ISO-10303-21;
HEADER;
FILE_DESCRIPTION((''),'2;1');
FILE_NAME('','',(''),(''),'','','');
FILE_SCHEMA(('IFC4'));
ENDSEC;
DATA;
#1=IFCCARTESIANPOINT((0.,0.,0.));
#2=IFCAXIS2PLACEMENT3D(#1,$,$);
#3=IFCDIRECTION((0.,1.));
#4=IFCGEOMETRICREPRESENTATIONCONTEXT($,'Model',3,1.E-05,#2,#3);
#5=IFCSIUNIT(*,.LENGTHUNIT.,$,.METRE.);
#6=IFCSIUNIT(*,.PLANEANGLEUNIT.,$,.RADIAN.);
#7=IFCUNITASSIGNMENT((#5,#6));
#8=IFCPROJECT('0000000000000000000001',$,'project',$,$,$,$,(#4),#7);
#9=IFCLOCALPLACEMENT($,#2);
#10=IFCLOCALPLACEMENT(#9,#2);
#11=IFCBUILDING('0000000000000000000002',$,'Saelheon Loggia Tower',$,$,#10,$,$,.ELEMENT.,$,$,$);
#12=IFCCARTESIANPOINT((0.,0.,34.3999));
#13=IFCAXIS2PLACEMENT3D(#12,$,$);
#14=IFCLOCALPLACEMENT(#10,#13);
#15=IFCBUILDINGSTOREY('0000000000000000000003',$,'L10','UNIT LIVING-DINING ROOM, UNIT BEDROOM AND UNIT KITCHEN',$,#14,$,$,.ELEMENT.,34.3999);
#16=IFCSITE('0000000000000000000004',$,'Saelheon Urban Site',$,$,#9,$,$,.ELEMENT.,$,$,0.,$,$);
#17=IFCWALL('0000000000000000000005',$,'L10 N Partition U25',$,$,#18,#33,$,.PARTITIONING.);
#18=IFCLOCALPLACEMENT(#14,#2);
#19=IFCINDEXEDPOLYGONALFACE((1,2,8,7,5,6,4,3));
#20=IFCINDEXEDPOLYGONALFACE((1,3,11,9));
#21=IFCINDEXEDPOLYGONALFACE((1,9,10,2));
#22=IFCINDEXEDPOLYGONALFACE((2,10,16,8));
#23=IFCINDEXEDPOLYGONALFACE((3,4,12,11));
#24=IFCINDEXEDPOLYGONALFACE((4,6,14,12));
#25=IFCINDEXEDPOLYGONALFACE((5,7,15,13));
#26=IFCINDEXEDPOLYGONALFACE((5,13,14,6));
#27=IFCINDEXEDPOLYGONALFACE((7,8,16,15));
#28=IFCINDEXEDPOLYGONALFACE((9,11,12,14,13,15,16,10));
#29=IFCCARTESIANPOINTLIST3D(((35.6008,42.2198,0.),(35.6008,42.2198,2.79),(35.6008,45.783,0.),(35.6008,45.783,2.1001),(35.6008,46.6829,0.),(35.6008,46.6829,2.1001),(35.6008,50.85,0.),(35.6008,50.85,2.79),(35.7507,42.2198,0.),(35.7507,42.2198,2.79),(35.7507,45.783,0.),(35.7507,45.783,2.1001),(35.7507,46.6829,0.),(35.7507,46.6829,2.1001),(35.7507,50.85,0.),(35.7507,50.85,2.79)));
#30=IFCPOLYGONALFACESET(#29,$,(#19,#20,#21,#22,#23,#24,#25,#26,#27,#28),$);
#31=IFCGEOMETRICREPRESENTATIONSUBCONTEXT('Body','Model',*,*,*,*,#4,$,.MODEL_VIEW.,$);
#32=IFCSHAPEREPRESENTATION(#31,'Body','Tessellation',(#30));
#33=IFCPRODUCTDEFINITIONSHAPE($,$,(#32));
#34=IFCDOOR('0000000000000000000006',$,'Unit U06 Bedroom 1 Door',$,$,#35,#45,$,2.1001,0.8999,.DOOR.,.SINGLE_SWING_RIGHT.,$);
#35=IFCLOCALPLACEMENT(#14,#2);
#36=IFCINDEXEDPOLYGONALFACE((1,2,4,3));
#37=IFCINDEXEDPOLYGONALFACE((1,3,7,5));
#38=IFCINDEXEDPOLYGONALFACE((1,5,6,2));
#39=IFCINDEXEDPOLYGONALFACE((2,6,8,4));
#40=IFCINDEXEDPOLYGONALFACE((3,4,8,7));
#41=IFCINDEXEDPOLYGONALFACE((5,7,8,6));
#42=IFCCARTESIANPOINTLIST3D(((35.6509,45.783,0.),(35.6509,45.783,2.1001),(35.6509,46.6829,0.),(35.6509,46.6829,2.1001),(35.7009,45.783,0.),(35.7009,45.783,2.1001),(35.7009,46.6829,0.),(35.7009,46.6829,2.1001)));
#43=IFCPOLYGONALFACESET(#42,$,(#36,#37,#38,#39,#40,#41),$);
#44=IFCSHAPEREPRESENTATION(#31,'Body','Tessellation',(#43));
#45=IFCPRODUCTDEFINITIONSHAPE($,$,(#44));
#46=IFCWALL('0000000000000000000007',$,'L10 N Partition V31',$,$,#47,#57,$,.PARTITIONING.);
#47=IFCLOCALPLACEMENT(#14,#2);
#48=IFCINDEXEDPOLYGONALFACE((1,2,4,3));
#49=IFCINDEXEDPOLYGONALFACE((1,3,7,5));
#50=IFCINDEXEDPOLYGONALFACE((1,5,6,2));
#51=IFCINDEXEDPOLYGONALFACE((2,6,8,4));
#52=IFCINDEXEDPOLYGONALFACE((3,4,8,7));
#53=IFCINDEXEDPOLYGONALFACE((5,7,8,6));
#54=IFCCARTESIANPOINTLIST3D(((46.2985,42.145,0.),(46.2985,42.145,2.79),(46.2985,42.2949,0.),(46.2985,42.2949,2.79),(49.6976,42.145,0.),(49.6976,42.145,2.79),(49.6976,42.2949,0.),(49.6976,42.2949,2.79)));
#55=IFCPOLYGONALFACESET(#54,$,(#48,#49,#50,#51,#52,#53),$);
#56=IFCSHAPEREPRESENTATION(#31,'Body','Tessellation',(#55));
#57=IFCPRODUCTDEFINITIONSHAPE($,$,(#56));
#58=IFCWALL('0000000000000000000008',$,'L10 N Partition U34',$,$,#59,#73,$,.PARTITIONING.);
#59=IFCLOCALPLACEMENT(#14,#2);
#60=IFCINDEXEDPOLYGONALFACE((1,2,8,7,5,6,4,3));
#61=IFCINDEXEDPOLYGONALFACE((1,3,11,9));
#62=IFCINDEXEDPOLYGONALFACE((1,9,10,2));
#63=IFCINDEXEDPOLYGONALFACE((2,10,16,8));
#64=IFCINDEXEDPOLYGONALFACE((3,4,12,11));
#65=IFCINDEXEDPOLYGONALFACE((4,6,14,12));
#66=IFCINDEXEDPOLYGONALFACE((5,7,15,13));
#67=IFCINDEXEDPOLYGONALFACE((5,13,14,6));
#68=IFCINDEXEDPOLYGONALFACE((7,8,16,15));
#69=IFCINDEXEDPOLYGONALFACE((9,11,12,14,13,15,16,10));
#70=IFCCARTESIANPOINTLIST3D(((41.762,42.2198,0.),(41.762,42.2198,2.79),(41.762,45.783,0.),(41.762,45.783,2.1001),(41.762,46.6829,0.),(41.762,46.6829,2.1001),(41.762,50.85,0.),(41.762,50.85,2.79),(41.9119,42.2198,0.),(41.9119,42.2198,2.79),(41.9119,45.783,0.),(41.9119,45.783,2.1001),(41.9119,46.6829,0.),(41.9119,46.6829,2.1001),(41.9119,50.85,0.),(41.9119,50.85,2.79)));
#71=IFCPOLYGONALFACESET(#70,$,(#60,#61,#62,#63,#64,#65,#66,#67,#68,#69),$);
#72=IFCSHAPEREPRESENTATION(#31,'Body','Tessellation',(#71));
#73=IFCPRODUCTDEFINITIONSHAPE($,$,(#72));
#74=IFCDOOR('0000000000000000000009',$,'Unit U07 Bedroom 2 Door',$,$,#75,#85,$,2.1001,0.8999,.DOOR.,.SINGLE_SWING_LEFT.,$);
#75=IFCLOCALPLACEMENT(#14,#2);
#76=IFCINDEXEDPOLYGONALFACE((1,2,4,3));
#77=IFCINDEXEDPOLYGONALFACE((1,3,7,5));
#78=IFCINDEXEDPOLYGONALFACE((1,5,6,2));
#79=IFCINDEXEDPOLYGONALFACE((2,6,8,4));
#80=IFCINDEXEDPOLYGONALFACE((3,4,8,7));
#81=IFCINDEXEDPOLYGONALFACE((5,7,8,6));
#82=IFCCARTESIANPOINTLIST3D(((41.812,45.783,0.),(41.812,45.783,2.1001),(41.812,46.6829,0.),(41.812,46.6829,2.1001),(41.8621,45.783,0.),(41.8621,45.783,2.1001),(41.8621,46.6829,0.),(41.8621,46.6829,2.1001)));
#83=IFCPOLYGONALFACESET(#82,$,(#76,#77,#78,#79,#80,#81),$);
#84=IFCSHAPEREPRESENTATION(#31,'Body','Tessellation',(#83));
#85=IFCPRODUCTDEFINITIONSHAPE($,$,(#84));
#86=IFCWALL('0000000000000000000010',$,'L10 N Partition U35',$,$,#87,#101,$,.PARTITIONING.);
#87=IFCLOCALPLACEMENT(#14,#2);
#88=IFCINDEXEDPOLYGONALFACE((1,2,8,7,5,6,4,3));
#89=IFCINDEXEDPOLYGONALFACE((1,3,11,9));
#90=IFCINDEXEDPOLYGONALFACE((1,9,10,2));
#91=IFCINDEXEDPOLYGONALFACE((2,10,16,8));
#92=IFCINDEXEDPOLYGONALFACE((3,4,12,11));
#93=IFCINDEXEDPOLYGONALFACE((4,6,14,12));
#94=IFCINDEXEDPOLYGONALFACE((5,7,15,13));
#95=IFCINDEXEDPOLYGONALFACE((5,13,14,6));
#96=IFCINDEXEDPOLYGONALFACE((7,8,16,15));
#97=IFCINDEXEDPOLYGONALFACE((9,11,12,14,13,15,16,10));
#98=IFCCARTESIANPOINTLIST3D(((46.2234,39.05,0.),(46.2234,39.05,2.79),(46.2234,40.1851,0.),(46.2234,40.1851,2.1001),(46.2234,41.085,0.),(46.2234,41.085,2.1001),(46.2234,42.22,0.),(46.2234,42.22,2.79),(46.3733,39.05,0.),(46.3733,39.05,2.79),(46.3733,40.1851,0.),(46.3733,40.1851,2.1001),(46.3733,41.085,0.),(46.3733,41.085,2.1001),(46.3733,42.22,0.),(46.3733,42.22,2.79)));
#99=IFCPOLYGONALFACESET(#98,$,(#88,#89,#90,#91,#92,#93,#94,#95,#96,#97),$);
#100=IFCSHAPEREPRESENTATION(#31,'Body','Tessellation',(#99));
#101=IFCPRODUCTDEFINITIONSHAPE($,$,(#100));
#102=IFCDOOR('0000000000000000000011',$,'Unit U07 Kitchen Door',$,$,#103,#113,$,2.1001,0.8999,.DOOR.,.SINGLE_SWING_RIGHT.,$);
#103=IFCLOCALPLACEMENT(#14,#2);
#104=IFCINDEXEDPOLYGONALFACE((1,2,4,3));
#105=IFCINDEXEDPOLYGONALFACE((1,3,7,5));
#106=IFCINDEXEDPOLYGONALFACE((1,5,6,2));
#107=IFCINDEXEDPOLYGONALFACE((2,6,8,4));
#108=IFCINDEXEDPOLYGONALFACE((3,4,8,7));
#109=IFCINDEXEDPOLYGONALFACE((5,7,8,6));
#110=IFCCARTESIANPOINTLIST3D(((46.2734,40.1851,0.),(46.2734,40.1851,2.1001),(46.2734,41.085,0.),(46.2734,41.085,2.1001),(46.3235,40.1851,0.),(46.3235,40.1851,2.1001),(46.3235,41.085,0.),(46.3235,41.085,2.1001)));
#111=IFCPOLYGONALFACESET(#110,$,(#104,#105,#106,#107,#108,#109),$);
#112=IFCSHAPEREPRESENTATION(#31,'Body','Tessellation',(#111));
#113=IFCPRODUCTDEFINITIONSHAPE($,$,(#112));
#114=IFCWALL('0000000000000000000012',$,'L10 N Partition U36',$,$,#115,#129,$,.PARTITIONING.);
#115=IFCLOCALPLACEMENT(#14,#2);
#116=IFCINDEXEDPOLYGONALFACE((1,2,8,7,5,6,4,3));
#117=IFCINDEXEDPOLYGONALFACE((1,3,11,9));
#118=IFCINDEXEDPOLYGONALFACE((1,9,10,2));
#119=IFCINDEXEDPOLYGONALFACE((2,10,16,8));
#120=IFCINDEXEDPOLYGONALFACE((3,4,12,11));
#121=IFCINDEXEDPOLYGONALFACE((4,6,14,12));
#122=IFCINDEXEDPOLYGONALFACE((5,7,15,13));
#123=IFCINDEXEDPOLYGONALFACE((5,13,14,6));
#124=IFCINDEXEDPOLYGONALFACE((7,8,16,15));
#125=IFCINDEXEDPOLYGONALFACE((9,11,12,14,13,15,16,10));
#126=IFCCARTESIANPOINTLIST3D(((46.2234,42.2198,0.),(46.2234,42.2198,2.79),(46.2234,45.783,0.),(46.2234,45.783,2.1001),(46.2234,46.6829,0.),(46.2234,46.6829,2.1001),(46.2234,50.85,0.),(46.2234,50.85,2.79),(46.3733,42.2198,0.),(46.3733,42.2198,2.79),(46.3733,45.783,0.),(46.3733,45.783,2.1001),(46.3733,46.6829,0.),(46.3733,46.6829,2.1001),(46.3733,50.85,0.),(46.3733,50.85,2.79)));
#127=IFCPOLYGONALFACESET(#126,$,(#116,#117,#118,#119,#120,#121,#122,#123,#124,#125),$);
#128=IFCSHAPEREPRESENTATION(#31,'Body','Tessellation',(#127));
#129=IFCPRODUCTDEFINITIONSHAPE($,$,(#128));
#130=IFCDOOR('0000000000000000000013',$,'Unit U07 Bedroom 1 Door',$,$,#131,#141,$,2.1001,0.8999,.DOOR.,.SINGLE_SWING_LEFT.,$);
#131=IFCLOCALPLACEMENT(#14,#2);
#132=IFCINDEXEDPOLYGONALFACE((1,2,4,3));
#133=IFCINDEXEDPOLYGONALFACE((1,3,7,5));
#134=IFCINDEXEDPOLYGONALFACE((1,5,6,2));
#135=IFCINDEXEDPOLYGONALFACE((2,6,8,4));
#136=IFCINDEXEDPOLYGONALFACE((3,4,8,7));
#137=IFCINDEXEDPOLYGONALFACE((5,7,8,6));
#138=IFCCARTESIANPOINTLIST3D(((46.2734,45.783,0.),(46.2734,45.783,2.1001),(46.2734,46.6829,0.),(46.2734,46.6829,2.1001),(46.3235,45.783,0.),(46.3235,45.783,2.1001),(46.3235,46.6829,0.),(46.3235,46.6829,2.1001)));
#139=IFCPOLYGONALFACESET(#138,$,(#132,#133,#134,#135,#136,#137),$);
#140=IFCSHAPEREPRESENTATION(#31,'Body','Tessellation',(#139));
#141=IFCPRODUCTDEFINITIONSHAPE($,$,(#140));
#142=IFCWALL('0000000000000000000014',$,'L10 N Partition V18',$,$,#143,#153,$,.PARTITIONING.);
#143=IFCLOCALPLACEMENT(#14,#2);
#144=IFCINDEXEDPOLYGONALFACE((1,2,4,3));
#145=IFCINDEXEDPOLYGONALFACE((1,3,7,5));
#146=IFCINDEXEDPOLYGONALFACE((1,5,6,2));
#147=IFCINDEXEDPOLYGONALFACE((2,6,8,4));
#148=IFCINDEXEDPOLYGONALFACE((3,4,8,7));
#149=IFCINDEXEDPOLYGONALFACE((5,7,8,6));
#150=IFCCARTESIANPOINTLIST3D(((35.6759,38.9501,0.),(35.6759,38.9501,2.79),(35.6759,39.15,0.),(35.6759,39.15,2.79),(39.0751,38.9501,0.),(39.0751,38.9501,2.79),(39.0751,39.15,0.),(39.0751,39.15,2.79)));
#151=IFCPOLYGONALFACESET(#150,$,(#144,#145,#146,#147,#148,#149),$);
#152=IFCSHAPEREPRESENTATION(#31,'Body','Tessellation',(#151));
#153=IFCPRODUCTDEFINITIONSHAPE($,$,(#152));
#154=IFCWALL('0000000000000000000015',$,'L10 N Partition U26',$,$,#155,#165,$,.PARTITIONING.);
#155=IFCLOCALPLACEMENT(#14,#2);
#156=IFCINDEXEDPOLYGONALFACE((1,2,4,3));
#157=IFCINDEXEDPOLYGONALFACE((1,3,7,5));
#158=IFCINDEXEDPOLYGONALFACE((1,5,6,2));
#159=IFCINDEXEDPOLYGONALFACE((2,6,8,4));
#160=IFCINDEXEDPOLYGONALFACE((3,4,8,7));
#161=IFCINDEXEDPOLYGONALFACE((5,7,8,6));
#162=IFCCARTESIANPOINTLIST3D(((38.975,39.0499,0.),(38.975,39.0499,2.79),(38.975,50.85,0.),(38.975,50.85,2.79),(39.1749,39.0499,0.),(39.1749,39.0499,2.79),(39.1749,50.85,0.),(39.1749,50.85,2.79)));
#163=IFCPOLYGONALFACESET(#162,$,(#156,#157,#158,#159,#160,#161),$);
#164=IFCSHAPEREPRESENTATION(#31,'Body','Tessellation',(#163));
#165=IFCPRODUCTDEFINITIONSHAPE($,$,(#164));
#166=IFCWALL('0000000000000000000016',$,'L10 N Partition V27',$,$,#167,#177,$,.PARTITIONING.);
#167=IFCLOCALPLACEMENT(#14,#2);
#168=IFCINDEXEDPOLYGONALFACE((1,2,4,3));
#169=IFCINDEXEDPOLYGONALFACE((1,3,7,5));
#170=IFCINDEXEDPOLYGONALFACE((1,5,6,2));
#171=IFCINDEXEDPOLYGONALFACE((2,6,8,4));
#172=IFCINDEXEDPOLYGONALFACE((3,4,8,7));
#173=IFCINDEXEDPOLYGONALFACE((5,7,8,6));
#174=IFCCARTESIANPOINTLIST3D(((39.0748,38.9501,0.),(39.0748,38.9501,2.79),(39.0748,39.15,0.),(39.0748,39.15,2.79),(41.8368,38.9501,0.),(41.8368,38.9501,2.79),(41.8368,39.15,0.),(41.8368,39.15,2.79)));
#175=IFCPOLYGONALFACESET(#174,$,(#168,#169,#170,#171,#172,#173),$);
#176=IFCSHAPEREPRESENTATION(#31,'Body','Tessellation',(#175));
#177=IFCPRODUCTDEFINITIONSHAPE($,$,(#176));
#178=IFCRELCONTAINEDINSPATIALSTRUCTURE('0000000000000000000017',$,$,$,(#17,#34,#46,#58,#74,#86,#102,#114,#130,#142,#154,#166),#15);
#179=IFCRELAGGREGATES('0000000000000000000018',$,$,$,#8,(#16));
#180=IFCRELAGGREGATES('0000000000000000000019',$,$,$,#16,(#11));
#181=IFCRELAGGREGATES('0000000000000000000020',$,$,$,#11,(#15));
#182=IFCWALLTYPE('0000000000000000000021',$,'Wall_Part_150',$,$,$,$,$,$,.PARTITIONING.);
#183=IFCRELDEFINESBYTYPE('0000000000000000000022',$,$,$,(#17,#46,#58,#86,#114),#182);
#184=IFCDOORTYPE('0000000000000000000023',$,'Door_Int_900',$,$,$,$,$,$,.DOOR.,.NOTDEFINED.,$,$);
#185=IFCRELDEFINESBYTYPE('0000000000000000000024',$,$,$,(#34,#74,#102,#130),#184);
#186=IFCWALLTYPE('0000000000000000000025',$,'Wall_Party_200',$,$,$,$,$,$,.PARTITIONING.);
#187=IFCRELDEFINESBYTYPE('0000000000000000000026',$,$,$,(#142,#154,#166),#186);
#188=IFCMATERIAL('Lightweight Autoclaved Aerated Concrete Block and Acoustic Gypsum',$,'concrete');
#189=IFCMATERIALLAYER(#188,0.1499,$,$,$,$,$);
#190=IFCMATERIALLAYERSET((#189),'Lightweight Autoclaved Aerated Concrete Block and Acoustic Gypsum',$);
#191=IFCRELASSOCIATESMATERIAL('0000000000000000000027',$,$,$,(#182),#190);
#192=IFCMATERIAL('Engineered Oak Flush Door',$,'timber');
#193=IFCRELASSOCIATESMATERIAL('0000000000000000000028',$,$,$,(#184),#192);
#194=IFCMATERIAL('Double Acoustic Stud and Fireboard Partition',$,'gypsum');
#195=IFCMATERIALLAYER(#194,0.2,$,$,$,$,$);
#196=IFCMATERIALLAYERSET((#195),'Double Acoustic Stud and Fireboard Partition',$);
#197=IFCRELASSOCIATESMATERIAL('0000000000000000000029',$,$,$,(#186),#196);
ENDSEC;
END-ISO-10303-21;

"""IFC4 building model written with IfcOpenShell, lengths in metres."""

from ifc_helpers import new_model, si_unit, direction, frame, frame_2d, origin, place, context, subcontext, project, spatial, rectangle, extrude, source, transform, mapped, material, layer, layer_set, type_object, element, fill, save


model = new_model("IFC4")

# Units and contexts
model_context = context("Model", 3, precision=1e-05, world=origin(), true_north=direction((0.0, 1.0)))
body_context = subcontext(model_context, "Body", "Model", "MODEL_VIEW")
ifc_project = project(units=[si_unit("LENGTHUNIT", "METRE"), si_unit("PLANEANGLEUNIT", "RADIAN")], contexts=[model_context])

# Site, building, storey
site_placement = place(None, origin())
site = spatial("IfcSite", under=ifc_project, at=site_placement, Name="Saelheon Urban Site", CompositionType="ELEMENT", RefElevation=0.0)
building_placement = place(site_placement, origin())
building = spatial("IfcBuilding", under=site, at=building_placement, Name="Saelheon Loggia Tower", CompositionType="ELEMENT")
storey_placement = place(building_placement, frame((0.0, 0.0, 34.3999)))
storey = spatial("IfcBuildingStorey", under=building, at=storey_placement, Name="L10", Description="UNIT LIVING-DINING ROOM, UNIT BEDROOM AND UNIT KITCHEN", CompositionType="ELEMENT", Elevation=34.3999)

# Shared definitions
ifc_material_1 = material(Name="Lightweight Autoclaved Aerated Concrete Block and Acoustic Gypsum", Category="concrete")
ifc_layer_1 = layer(ifc_material_1, 0.1499)
ifc_layer_set_1 = layer_set([ifc_layer_1], Name="Lightweight Autoclaved Aerated Concrete Block and Acoustic Gypsum")
wall_type_1 = type_object("IfcWallType", Name="Wall_Part_150", PredefinedType="PARTITIONING", material=ifc_layer_set_1)

# Wall, opening, door
ifc_material_2 = material(Name="Engineered Oak Flush Door", Category="timber")
door_type_1 = type_object("IfcDoorType", Name="Door_Int_900", OperationType="NOTDEFINED", PredefinedType="DOOR", material=ifc_material_2)
shared_shape_1 = source(origin(), body_context, "Body", "SweptSolid", [
    extrude(rectangle(XDim=0.8999, YDim=2.1001, at=frame_2d((0.45, 1.05))), frame((0.0, 0.0249, 0.0), z_axis=(0.0, -1.0, 0.0), x_axis=(1.0, 0.0, 0.0)), (0.0, 0.0, 1.0), 0.05),
])
wall_1_placement = place(storey_placement, frame((35.6758, 42.22, 0.0), z_axis=(0.0, 0.0, 1.0), x_axis=(0.0, 1.0, 0.0)))
wall_1 = element("IfcWall", 1, at=wall_1_placement, inside=storey, type_object=wall_type_1, Name="L10 N Partition U25", PredefinedType="PARTITIONING", context=body_context, shape_type="SweptSolid", body=[
    extrude(rectangle(XDim=8.6301, YDim=0.1499, at=frame_2d((4.3149, 0.0))), origin(), (0.0, 0.0, 1.0), 2.79),
])
opening_1_placement = place(wall_1_placement, frame((3.563, 0.0, 0.0)))
opening_1 = element("IfcOpeningElement", 2, at=opening_1_placement, cuts=wall_1, PredefinedType="OPENING", context=body_context, shape_type="SweptSolid", body=[
    extrude(rectangle(XDim=0.8999, YDim=2.1001, at=frame_2d((0.45, 1.05))), frame((0.0, 0.0869, 0.0), z_axis=(0.0, -1.0, 0.0), x_axis=(1.0, 0.0, 0.0)), (0.0, 0.0, 1.0), 0.1738),
])
door_1_placement = place(opening_1_placement, origin())
door_1 = element("IfcDoor", 3, at=door_1_placement, inside=storey, type_object=door_type_1, Name="Unit U06 Bedroom 1 Door", OperationType="SINGLE_SWING_RIGHT", OverallHeight=2.1001, OverallWidth=0.8999, PredefinedType="DOOR", context=body_context, shape_type="MappedRepresentation", body=[
    mapped(shared_shape_1, transform((0.0, 0.0, 0.0), scale=1.0)),
])
fill(opening_1, door_1)

# Wall
wall_2_placement = place(storey_placement, frame((46.2983, 42.22, 0.0), z_axis=(0.0, 0.0, 1.0), x_axis=(1.0, 0.0, 0.0)))
element("IfcWall", 4, at=wall_2_placement, inside=storey, type_object=wall_type_1, Name="L10 N Partition V31", PredefinedType="PARTITIONING", context=body_context, shape_type="SweptSolid", body=[
    extrude(rectangle(XDim=3.3992, YDim=0.1499, at=frame_2d((1.6997, 0.0))), origin(), (0.0, 0.0, 1.0), 2.79),
])

# Walls, openings, doors
wall_3_placement = place(storey_placement, frame((41.8369, 42.22, 0.0), z_axis=(0.0, 0.0, 1.0), x_axis=(0.0, 1.0, 0.0)))
wall_3 = element("IfcWall", 5, at=wall_3_placement, inside=storey, type_object=wall_type_1, Name="L10 N Partition U34", PredefinedType="PARTITIONING", context=body_context, shape_type="SweptSolid", body=[
    extrude(rectangle(XDim=8.6301, YDim=0.1499, at=frame_2d((4.3149, 0.0))), origin(), (0.0, 0.0, 1.0), 2.79),
])
opening_2_placement = place(wall_3_placement, frame((3.563, 0.0, 0.0)))
opening_2 = element("IfcOpeningElement", 6, at=opening_2_placement, cuts=wall_3, PredefinedType="OPENING", context=body_context, shape_type="SweptSolid", body=[
    extrude(rectangle(XDim=0.8999, YDim=2.1001, at=frame_2d((0.45, 1.05))), frame((0.0, 0.0869, 0.0), z_axis=(0.0, -1.0, 0.0), x_axis=(1.0, 0.0, 0.0)), (0.0, 0.0, 1.0), 0.1738),
])
door_2_placement = place(opening_2_placement, origin())
door_2 = element("IfcDoor", 7, at=door_2_placement, inside=storey, type_object=door_type_1, Name="Unit U07 Bedroom 2 Door", OperationType="SINGLE_SWING_LEFT", OverallHeight=2.1001, OverallWidth=0.8999, PredefinedType="DOOR", context=body_context, shape_type="MappedRepresentation", body=[
    mapped(shared_shape_1, transform((0.0, 0.0, 0.0), scale=1.0)),
])
fill(opening_2, door_2)
wall_4_placement = place(storey_placement, frame((46.2983, 39.05, 0.0), z_axis=(0.0, 0.0, 1.0), x_axis=(0.0, 1.0, 0.0)))
wall_4 = element("IfcWall", 8, at=wall_4_placement, inside=storey, type_object=wall_type_1, Name="L10 N Partition U35", PredefinedType="PARTITIONING", context=body_context, shape_type="SweptSolid", body=[
    extrude(rectangle(XDim=3.1699, YDim=0.1499, at=frame_2d((1.585, 0.0))), origin(), (0.0, 0.0, 1.0), 2.79),
])
opening_3_placement = place(wall_4_placement, frame((1.135, 0.0, 0.0)))
opening_3 = element("IfcOpeningElement", 9, at=opening_3_placement, cuts=wall_4, PredefinedType="OPENING", context=body_context, shape_type="SweptSolid", body=[
    extrude(rectangle(XDim=0.8999, YDim=2.1001, at=frame_2d((0.45, 1.05))), frame((0.0, 0.0869, 0.0), z_axis=(0.0, -1.0, 0.0), x_axis=(1.0, 0.0, 0.0)), (0.0, 0.0, 1.0), 0.1738),
])
door_3_placement = place(opening_3_placement, origin())
door_3 = element("IfcDoor", 10, at=door_3_placement, inside=storey, type_object=door_type_1, Name="Unit U07 Kitchen Door", OperationType="SINGLE_SWING_RIGHT", OverallHeight=2.1001, OverallWidth=0.8999, PredefinedType="DOOR", context=body_context, shape_type="MappedRepresentation", body=[
    mapped(shared_shape_1, transform((0.0, 0.0, 0.0), scale=1.0)),
])
fill(opening_3, door_3)
wall_5_placement = place(storey_placement, frame((46.2983, 42.22, 0.0), z_axis=(0.0, 0.0, 1.0), x_axis=(0.0, 1.0, 0.0)))
wall_5 = element("IfcWall", 11, at=wall_5_placement, inside=storey, type_object=wall_type_1, Name="L10 N Partition U36", PredefinedType="PARTITIONING", context=body_context, shape_type="SweptSolid", body=[
    extrude(rectangle(XDim=8.6301, YDim=0.1499, at=frame_2d((4.3149, 0.0))), origin(), (0.0, 0.0, 1.0), 2.79),
])
opening_4_placement = place(wall_5_placement, frame((3.563, 0.0, 0.0)))
opening_4 = element("IfcOpeningElement", 12, at=opening_4_placement, cuts=wall_5, PredefinedType="OPENING", context=body_context, shape_type="SweptSolid", body=[
    extrude(rectangle(XDim=0.8999, YDim=2.1001, at=frame_2d((0.45, 1.05))), frame((0.0, 0.0869, 0.0), z_axis=(0.0, -1.0, 0.0), x_axis=(1.0, 0.0, 0.0)), (0.0, 0.0, 1.0), 0.1738),
])
door_4_placement = place(opening_4_placement, origin())
door_4 = element("IfcDoor", 13, at=door_4_placement, inside=storey, type_object=door_type_1, Name="Unit U07 Bedroom 1 Door", OperationType="SINGLE_SWING_LEFT", OverallHeight=2.1001, OverallWidth=0.8999, PredefinedType="DOOR", context=body_context, shape_type="MappedRepresentation", body=[
    mapped(shared_shape_1, transform((0.0, 0.0, 0.0), scale=1.0)),
])
fill(opening_4, door_4)

# Walls
ifc_material_3 = material(Name="Double Acoustic Stud and Fireboard Partition", Category="gypsum")
ifc_layer_2 = layer(ifc_material_3, 0.2)
ifc_layer_set_2 = layer_set([ifc_layer_2], Name="Double Acoustic Stud and Fireboard Partition")
wall_type_2 = type_object("IfcWallType", Name="Wall_Party_200", PredefinedType="PARTITIONING", material=ifc_layer_set_2)
wall_6_placement = place(storey_placement, frame((35.6758, 39.05, 0.0), z_axis=(0.0, 0.0, 1.0), x_axis=(1.0, 0.0, 0.0)))
element("IfcWall", 14, at=wall_6_placement, inside=storey, type_object=wall_type_2, Name="L10 N Partition V18", PredefinedType="PARTITIONING", context=body_context, shape_type="SweptSolid", body=[
    extrude(rectangle(XDim=3.3992, YDim=0.2, at=frame_2d((1.6997, 0.0))), origin(), (0.0, 0.0, 1.0), 2.79),
])
wall_7_placement = place(storey_placement, frame((39.075, 39.05, 0.0), z_axis=(0.0, 0.0, 1.0), x_axis=(0.0, 1.0, 0.0)))
element("IfcWall", 15, at=wall_7_placement, inside=storey, type_object=wall_type_2, Name="L10 N Partition U26", PredefinedType="PARTITIONING", context=body_context, shape_type="SweptSolid", body=[
    extrude(rectangle(XDim=11.8, YDim=0.2, at=frame_2d((5.8999, 0.0))), origin(), (0.0, 0.0, 1.0), 2.79),
])
wall_8_placement = place(storey_placement, frame((39.075, 39.05, 0.0), z_axis=(0.0, 0.0, 1.0), x_axis=(1.0, 0.0, 0.0)))
element("IfcWall", 16, at=wall_8_placement, inside=storey, type_object=wall_type_2, Name="L10 N Partition V27", PredefinedType="PARTITIONING", context=body_context, shape_type="SweptSolid", body=[
    extrude(rectangle(XDim=2.762, YDim=0.2, at=frame_2d((1.3809, 0.0))), origin(), (0.0, 0.0, 1.0), 2.79),
])

save(model, "model.ifc")
